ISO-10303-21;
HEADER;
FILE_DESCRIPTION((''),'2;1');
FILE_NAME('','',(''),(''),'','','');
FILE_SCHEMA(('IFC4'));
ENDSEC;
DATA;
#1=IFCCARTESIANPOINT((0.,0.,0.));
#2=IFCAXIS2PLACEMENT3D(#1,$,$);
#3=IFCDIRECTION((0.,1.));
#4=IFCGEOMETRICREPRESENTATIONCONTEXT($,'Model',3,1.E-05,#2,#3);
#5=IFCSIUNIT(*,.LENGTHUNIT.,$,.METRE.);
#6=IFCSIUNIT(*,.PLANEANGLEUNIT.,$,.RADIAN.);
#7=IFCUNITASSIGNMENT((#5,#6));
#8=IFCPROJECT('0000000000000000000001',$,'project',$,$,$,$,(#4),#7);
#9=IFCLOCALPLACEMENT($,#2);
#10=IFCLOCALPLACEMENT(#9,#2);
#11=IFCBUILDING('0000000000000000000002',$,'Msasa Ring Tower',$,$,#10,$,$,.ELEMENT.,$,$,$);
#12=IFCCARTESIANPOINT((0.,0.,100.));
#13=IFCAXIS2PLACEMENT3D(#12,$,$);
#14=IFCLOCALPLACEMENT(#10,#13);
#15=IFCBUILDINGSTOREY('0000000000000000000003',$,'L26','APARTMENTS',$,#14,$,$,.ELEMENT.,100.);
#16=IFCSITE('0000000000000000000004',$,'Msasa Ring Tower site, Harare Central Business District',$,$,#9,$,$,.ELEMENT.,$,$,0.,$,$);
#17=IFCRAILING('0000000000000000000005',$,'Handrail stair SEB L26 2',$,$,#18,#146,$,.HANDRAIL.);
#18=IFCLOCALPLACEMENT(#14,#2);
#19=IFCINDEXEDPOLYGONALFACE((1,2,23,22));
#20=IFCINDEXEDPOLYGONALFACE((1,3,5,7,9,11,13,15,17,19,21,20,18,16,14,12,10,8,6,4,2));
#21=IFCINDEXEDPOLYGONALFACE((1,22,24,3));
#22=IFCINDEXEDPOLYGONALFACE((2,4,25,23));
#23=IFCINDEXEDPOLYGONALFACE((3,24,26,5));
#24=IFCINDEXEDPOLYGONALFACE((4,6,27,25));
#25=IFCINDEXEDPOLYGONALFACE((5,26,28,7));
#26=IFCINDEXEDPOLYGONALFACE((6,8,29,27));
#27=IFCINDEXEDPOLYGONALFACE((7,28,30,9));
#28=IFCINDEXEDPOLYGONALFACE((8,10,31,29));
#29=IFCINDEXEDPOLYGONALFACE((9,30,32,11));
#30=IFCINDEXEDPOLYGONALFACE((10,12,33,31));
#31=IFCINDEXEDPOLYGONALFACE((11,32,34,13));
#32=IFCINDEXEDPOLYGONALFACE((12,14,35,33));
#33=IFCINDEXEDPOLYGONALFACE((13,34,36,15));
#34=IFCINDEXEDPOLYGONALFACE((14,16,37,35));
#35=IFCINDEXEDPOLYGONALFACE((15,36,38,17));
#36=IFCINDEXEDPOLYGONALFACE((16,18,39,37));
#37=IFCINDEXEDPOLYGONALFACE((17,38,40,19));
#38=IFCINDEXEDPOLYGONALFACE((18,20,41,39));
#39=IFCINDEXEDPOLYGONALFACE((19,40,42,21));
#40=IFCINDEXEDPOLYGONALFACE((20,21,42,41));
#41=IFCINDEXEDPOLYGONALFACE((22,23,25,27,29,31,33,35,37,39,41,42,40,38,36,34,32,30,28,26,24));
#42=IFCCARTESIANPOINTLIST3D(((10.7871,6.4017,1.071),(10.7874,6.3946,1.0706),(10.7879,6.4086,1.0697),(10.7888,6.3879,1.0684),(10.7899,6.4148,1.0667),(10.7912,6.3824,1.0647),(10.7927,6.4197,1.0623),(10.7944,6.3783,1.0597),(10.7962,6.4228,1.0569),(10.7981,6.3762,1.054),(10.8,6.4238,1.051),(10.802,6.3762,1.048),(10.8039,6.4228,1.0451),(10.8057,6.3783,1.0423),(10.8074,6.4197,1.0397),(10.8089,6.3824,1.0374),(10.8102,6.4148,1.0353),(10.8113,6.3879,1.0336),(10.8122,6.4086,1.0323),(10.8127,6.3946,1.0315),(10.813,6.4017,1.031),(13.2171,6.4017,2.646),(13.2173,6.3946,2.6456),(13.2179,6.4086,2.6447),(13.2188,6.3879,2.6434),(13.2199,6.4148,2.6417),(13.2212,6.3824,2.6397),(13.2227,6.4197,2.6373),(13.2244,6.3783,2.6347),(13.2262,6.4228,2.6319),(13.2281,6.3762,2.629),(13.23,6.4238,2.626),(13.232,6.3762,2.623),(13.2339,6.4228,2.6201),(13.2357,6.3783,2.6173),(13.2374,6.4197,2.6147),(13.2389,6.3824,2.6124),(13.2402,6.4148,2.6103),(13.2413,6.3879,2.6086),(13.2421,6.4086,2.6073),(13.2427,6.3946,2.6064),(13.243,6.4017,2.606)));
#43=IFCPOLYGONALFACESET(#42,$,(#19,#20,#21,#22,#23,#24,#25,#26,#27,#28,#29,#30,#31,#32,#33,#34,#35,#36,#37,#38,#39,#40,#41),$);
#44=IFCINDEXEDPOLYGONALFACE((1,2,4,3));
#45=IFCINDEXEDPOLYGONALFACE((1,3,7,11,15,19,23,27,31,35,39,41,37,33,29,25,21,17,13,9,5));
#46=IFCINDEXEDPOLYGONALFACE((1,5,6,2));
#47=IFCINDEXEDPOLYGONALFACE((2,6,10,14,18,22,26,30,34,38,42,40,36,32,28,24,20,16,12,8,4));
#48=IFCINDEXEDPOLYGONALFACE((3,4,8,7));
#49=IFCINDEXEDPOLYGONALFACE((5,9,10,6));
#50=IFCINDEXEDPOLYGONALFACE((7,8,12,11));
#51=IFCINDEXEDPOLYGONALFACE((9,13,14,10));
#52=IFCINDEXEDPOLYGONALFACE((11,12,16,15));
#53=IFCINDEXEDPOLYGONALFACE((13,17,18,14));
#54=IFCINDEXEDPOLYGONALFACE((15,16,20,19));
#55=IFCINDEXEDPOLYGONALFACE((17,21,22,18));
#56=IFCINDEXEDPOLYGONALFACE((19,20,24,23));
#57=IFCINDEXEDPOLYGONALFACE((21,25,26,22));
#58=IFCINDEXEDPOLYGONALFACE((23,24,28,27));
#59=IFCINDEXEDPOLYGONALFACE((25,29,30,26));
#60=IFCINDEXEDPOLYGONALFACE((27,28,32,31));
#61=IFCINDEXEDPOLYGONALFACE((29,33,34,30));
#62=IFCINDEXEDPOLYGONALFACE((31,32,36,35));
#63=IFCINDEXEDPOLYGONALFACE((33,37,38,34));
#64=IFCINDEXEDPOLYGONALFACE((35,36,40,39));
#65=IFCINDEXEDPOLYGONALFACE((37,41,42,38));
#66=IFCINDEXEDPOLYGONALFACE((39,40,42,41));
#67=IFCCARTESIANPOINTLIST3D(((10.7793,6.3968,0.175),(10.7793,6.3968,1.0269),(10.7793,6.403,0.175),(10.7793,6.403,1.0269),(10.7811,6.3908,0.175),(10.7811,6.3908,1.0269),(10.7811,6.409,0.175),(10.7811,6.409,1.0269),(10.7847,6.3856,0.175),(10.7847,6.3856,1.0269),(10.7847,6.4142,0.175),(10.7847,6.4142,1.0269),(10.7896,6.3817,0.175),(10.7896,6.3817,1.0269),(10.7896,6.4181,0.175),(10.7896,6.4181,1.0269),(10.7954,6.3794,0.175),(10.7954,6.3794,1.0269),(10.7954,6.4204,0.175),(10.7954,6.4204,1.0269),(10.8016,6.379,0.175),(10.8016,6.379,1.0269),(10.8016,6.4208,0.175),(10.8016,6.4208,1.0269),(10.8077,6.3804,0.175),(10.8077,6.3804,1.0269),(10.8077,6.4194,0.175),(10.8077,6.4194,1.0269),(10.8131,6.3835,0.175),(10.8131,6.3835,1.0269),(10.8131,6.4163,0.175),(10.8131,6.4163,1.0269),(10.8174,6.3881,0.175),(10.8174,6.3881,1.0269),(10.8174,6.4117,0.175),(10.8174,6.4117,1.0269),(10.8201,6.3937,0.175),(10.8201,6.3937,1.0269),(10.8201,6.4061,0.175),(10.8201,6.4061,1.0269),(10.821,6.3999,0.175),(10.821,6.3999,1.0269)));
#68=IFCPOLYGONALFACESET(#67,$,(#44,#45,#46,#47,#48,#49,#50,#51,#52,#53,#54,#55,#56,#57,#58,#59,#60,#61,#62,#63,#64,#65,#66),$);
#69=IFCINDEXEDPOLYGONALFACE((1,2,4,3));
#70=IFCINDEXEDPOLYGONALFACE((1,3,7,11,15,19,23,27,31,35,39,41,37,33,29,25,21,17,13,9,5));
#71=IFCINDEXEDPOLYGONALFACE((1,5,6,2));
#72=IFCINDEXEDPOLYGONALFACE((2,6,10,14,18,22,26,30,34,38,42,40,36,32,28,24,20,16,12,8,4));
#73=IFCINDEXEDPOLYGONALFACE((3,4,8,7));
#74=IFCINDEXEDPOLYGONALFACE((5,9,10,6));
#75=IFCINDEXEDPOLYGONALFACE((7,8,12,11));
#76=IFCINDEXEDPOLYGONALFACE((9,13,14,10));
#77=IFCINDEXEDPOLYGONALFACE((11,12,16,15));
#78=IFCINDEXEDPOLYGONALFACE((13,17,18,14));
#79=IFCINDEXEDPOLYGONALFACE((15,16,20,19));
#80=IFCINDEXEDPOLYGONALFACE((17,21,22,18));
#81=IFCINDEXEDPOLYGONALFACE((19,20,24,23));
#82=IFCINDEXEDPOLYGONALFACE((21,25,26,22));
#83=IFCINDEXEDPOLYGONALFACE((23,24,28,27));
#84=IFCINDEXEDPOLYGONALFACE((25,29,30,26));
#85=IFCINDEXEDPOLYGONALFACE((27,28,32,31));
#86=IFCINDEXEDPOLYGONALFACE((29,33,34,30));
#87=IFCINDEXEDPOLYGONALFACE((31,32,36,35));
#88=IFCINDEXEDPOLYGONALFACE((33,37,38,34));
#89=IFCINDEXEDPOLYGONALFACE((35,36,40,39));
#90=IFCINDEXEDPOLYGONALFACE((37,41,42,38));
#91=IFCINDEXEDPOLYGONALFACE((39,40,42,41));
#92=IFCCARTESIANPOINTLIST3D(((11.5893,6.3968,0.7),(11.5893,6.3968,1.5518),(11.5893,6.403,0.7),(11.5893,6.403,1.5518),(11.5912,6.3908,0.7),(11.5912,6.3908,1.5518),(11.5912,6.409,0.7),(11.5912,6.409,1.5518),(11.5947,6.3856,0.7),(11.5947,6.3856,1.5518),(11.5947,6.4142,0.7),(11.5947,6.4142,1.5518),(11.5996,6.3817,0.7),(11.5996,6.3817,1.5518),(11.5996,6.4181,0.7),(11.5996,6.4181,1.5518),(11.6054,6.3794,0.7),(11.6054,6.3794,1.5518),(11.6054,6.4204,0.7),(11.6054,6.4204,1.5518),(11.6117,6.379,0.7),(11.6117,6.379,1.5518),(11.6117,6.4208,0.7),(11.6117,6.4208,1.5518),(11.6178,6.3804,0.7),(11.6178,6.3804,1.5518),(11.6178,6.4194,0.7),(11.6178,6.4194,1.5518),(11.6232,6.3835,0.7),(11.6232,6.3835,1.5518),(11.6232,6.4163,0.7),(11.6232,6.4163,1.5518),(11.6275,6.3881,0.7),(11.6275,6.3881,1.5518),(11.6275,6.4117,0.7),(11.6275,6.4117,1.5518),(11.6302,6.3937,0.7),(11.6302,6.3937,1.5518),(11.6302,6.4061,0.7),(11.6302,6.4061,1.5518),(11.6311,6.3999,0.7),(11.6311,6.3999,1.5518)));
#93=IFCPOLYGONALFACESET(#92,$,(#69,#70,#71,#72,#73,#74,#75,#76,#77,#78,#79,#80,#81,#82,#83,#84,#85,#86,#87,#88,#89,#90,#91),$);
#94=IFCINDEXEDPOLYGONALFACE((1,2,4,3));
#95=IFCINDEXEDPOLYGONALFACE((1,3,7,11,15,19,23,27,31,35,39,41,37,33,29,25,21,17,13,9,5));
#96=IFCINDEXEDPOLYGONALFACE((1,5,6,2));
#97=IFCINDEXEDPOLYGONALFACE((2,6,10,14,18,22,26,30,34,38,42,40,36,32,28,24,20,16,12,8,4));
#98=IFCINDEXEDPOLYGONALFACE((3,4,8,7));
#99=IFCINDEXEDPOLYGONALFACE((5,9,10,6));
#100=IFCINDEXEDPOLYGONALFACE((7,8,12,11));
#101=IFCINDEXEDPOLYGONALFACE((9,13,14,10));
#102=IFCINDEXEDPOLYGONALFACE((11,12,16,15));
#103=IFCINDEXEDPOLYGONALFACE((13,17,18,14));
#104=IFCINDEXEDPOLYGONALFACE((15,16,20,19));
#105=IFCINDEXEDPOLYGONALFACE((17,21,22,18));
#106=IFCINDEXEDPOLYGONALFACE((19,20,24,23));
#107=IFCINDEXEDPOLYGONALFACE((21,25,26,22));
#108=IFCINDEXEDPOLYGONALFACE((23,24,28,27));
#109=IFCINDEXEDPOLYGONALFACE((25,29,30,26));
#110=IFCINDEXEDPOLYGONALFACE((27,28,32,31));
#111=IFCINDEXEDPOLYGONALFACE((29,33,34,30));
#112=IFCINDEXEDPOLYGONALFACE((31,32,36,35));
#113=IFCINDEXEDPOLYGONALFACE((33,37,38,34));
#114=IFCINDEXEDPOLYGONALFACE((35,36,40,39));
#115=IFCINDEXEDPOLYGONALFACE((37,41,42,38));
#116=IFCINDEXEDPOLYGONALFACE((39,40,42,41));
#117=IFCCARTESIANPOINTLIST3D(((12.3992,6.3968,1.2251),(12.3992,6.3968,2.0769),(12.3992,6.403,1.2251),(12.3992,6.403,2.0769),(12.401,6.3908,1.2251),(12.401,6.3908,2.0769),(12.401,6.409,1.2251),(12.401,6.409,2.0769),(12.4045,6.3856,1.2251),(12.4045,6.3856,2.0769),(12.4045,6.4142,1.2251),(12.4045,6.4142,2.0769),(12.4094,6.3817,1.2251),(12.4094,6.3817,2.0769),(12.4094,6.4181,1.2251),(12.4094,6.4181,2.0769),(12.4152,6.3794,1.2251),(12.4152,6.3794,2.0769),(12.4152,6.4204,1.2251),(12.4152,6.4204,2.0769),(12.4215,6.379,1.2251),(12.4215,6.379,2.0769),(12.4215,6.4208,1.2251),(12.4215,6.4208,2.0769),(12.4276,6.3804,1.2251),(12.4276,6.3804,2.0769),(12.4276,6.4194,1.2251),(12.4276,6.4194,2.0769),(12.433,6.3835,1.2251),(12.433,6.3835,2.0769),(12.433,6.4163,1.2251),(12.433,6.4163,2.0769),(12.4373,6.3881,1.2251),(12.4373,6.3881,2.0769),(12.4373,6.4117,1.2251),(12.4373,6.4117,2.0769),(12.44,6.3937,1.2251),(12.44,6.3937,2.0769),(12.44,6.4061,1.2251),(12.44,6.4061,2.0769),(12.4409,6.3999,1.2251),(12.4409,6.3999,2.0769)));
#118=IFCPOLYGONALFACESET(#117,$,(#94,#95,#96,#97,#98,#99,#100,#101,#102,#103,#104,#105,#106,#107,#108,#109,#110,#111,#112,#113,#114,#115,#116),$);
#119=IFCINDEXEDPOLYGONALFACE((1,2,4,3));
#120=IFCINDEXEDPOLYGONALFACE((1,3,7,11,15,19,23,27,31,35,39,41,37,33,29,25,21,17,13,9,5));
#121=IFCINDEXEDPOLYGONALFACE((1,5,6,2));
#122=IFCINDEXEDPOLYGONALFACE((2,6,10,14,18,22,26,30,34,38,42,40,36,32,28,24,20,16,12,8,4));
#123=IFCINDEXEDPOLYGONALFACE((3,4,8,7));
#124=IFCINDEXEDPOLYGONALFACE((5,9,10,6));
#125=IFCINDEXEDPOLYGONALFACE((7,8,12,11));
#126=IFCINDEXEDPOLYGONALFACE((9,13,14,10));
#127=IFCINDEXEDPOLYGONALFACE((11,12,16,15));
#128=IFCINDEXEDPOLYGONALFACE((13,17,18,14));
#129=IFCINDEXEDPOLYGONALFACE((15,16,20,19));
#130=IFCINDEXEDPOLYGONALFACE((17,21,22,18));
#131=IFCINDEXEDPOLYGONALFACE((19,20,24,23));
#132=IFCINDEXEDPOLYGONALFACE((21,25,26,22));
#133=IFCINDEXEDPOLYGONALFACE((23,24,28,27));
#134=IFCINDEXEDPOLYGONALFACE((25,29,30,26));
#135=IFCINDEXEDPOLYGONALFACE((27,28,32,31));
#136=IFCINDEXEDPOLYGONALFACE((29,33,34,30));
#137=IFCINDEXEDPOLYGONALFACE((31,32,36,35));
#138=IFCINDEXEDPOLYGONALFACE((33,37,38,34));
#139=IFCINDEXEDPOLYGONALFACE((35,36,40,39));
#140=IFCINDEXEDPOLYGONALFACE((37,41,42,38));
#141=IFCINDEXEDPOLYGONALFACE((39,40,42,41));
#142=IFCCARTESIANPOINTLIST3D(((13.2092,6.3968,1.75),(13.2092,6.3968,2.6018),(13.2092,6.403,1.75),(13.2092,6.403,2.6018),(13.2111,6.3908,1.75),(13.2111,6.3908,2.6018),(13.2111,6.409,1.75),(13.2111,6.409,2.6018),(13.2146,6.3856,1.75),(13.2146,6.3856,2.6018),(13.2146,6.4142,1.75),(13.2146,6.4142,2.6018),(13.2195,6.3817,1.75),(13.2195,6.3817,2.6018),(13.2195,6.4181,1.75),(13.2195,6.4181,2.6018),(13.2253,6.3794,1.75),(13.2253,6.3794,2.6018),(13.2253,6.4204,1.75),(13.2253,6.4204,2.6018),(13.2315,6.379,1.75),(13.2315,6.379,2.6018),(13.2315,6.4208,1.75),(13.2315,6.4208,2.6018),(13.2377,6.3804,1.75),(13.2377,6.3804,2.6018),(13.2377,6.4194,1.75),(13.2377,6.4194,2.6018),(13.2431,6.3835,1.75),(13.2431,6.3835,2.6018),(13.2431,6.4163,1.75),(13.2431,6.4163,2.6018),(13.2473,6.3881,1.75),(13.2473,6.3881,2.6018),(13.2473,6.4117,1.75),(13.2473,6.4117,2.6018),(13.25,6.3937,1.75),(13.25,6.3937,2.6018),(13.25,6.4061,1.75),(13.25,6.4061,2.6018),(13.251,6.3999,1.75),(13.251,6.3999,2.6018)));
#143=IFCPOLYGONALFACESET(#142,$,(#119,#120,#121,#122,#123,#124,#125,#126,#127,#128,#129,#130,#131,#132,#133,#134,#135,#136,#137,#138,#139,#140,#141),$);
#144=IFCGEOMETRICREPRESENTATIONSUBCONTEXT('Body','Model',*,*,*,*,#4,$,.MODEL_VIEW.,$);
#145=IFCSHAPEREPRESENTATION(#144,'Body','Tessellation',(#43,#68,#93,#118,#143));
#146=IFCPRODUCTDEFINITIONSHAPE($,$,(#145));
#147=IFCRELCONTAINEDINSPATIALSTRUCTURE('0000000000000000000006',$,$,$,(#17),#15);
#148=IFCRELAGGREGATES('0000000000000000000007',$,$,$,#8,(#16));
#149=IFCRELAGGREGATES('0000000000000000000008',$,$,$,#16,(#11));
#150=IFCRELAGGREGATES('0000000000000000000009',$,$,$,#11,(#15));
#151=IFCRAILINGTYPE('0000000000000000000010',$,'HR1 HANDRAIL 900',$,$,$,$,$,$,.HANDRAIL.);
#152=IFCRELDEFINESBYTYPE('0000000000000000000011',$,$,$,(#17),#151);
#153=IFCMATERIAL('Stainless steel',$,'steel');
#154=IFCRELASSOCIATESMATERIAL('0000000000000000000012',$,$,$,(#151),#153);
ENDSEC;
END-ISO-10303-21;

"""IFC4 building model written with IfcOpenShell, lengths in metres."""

from ifc_helpers import new_model, si_unit, direction, frame, origin, origin_2d, place, context, subcontext, project, spatial, circle, extrude, material, type_object, element, save


model = new_model("IFC4")

# Units and contexts
model_context = context("Model", 3, precision=1e-05, world=origin(), true_north=direction((0.0, 1.0)))
body_context = subcontext(model_context, "Body", "Model", "MODEL_VIEW")
ifc_project = project(units=[si_unit("LENGTHUNIT", "METRE"), si_unit("PLANEANGLEUNIT", "RADIAN")], contexts=[model_context])

# Site, building, storey
site_placement = place(None, origin())
site = spatial("IfcSite", under=ifc_project, at=site_placement, Name="Msasa Ring Tower site, Harare Central Business District", CompositionType="ELEMENT", RefElevation=0.0)
building_placement = place(site_placement, origin())
building = spatial("IfcBuilding", under=site, at=building_placement, Name="Msasa Ring Tower", CompositionType="ELEMENT")
storey_placement = place(building_placement, frame((0.0, 0.0, 100.0)))
storey = spatial("IfcBuildingStorey", under=building, at=storey_placement, Name="L26", Description="APARTMENTS", CompositionType="ELEMENT", Elevation=100.0)

# Railing
ifc_material_1 = material(Name="Stainless steel", Category="steel")
railing_type = type_object("IfcRailingType", Name="HR1 HANDRAIL 900", PredefinedType="HANDRAIL", material=ifc_material_1)
for number, where, name in (
    (1, (10.8, 6.3999, 0.175), "Handrail stair SEB L26 2"),
):
    element("IfcRailing", number, at=place(storey_placement, frame(where)), inside=storey, type_object=railing_type, Name=name, PredefinedType="HANDRAIL", context=body_context, shape_type="SweptSolid", body=[
        extrude(circle(Radius=0.0239, at=origin_2d()), frame((0.0, 0.0, 0.876), z_axis=(0.839154, 0.0, 0.543894), x_axis=(0.0, 1.0, 0.0)), (0.0, 0.0, 1.0), 2.8958),
        extrude(circle(Radius=0.021, at=origin_2d()), origin(), (0.0, 0.0, 1.0), 0.8518),
        extrude(circle(Radius=0.021, at=origin_2d()), frame((0.8101, 0.0, 0.5249)), (0.0, 0.0, 1.0), 0.8518),
        extrude(circle(Radius=0.021, at=origin_2d()), frame((1.6199, 0.0, 1.05)), (0.0, 0.0, 1.0), 0.8518),
        extrude(circle(Radius=0.021, at=origin_2d()), frame((2.4299, 0.0, 1.575)), (0.0, 0.0, 1.0), 0.8518),
    ])

save(model, "model.ifc")
